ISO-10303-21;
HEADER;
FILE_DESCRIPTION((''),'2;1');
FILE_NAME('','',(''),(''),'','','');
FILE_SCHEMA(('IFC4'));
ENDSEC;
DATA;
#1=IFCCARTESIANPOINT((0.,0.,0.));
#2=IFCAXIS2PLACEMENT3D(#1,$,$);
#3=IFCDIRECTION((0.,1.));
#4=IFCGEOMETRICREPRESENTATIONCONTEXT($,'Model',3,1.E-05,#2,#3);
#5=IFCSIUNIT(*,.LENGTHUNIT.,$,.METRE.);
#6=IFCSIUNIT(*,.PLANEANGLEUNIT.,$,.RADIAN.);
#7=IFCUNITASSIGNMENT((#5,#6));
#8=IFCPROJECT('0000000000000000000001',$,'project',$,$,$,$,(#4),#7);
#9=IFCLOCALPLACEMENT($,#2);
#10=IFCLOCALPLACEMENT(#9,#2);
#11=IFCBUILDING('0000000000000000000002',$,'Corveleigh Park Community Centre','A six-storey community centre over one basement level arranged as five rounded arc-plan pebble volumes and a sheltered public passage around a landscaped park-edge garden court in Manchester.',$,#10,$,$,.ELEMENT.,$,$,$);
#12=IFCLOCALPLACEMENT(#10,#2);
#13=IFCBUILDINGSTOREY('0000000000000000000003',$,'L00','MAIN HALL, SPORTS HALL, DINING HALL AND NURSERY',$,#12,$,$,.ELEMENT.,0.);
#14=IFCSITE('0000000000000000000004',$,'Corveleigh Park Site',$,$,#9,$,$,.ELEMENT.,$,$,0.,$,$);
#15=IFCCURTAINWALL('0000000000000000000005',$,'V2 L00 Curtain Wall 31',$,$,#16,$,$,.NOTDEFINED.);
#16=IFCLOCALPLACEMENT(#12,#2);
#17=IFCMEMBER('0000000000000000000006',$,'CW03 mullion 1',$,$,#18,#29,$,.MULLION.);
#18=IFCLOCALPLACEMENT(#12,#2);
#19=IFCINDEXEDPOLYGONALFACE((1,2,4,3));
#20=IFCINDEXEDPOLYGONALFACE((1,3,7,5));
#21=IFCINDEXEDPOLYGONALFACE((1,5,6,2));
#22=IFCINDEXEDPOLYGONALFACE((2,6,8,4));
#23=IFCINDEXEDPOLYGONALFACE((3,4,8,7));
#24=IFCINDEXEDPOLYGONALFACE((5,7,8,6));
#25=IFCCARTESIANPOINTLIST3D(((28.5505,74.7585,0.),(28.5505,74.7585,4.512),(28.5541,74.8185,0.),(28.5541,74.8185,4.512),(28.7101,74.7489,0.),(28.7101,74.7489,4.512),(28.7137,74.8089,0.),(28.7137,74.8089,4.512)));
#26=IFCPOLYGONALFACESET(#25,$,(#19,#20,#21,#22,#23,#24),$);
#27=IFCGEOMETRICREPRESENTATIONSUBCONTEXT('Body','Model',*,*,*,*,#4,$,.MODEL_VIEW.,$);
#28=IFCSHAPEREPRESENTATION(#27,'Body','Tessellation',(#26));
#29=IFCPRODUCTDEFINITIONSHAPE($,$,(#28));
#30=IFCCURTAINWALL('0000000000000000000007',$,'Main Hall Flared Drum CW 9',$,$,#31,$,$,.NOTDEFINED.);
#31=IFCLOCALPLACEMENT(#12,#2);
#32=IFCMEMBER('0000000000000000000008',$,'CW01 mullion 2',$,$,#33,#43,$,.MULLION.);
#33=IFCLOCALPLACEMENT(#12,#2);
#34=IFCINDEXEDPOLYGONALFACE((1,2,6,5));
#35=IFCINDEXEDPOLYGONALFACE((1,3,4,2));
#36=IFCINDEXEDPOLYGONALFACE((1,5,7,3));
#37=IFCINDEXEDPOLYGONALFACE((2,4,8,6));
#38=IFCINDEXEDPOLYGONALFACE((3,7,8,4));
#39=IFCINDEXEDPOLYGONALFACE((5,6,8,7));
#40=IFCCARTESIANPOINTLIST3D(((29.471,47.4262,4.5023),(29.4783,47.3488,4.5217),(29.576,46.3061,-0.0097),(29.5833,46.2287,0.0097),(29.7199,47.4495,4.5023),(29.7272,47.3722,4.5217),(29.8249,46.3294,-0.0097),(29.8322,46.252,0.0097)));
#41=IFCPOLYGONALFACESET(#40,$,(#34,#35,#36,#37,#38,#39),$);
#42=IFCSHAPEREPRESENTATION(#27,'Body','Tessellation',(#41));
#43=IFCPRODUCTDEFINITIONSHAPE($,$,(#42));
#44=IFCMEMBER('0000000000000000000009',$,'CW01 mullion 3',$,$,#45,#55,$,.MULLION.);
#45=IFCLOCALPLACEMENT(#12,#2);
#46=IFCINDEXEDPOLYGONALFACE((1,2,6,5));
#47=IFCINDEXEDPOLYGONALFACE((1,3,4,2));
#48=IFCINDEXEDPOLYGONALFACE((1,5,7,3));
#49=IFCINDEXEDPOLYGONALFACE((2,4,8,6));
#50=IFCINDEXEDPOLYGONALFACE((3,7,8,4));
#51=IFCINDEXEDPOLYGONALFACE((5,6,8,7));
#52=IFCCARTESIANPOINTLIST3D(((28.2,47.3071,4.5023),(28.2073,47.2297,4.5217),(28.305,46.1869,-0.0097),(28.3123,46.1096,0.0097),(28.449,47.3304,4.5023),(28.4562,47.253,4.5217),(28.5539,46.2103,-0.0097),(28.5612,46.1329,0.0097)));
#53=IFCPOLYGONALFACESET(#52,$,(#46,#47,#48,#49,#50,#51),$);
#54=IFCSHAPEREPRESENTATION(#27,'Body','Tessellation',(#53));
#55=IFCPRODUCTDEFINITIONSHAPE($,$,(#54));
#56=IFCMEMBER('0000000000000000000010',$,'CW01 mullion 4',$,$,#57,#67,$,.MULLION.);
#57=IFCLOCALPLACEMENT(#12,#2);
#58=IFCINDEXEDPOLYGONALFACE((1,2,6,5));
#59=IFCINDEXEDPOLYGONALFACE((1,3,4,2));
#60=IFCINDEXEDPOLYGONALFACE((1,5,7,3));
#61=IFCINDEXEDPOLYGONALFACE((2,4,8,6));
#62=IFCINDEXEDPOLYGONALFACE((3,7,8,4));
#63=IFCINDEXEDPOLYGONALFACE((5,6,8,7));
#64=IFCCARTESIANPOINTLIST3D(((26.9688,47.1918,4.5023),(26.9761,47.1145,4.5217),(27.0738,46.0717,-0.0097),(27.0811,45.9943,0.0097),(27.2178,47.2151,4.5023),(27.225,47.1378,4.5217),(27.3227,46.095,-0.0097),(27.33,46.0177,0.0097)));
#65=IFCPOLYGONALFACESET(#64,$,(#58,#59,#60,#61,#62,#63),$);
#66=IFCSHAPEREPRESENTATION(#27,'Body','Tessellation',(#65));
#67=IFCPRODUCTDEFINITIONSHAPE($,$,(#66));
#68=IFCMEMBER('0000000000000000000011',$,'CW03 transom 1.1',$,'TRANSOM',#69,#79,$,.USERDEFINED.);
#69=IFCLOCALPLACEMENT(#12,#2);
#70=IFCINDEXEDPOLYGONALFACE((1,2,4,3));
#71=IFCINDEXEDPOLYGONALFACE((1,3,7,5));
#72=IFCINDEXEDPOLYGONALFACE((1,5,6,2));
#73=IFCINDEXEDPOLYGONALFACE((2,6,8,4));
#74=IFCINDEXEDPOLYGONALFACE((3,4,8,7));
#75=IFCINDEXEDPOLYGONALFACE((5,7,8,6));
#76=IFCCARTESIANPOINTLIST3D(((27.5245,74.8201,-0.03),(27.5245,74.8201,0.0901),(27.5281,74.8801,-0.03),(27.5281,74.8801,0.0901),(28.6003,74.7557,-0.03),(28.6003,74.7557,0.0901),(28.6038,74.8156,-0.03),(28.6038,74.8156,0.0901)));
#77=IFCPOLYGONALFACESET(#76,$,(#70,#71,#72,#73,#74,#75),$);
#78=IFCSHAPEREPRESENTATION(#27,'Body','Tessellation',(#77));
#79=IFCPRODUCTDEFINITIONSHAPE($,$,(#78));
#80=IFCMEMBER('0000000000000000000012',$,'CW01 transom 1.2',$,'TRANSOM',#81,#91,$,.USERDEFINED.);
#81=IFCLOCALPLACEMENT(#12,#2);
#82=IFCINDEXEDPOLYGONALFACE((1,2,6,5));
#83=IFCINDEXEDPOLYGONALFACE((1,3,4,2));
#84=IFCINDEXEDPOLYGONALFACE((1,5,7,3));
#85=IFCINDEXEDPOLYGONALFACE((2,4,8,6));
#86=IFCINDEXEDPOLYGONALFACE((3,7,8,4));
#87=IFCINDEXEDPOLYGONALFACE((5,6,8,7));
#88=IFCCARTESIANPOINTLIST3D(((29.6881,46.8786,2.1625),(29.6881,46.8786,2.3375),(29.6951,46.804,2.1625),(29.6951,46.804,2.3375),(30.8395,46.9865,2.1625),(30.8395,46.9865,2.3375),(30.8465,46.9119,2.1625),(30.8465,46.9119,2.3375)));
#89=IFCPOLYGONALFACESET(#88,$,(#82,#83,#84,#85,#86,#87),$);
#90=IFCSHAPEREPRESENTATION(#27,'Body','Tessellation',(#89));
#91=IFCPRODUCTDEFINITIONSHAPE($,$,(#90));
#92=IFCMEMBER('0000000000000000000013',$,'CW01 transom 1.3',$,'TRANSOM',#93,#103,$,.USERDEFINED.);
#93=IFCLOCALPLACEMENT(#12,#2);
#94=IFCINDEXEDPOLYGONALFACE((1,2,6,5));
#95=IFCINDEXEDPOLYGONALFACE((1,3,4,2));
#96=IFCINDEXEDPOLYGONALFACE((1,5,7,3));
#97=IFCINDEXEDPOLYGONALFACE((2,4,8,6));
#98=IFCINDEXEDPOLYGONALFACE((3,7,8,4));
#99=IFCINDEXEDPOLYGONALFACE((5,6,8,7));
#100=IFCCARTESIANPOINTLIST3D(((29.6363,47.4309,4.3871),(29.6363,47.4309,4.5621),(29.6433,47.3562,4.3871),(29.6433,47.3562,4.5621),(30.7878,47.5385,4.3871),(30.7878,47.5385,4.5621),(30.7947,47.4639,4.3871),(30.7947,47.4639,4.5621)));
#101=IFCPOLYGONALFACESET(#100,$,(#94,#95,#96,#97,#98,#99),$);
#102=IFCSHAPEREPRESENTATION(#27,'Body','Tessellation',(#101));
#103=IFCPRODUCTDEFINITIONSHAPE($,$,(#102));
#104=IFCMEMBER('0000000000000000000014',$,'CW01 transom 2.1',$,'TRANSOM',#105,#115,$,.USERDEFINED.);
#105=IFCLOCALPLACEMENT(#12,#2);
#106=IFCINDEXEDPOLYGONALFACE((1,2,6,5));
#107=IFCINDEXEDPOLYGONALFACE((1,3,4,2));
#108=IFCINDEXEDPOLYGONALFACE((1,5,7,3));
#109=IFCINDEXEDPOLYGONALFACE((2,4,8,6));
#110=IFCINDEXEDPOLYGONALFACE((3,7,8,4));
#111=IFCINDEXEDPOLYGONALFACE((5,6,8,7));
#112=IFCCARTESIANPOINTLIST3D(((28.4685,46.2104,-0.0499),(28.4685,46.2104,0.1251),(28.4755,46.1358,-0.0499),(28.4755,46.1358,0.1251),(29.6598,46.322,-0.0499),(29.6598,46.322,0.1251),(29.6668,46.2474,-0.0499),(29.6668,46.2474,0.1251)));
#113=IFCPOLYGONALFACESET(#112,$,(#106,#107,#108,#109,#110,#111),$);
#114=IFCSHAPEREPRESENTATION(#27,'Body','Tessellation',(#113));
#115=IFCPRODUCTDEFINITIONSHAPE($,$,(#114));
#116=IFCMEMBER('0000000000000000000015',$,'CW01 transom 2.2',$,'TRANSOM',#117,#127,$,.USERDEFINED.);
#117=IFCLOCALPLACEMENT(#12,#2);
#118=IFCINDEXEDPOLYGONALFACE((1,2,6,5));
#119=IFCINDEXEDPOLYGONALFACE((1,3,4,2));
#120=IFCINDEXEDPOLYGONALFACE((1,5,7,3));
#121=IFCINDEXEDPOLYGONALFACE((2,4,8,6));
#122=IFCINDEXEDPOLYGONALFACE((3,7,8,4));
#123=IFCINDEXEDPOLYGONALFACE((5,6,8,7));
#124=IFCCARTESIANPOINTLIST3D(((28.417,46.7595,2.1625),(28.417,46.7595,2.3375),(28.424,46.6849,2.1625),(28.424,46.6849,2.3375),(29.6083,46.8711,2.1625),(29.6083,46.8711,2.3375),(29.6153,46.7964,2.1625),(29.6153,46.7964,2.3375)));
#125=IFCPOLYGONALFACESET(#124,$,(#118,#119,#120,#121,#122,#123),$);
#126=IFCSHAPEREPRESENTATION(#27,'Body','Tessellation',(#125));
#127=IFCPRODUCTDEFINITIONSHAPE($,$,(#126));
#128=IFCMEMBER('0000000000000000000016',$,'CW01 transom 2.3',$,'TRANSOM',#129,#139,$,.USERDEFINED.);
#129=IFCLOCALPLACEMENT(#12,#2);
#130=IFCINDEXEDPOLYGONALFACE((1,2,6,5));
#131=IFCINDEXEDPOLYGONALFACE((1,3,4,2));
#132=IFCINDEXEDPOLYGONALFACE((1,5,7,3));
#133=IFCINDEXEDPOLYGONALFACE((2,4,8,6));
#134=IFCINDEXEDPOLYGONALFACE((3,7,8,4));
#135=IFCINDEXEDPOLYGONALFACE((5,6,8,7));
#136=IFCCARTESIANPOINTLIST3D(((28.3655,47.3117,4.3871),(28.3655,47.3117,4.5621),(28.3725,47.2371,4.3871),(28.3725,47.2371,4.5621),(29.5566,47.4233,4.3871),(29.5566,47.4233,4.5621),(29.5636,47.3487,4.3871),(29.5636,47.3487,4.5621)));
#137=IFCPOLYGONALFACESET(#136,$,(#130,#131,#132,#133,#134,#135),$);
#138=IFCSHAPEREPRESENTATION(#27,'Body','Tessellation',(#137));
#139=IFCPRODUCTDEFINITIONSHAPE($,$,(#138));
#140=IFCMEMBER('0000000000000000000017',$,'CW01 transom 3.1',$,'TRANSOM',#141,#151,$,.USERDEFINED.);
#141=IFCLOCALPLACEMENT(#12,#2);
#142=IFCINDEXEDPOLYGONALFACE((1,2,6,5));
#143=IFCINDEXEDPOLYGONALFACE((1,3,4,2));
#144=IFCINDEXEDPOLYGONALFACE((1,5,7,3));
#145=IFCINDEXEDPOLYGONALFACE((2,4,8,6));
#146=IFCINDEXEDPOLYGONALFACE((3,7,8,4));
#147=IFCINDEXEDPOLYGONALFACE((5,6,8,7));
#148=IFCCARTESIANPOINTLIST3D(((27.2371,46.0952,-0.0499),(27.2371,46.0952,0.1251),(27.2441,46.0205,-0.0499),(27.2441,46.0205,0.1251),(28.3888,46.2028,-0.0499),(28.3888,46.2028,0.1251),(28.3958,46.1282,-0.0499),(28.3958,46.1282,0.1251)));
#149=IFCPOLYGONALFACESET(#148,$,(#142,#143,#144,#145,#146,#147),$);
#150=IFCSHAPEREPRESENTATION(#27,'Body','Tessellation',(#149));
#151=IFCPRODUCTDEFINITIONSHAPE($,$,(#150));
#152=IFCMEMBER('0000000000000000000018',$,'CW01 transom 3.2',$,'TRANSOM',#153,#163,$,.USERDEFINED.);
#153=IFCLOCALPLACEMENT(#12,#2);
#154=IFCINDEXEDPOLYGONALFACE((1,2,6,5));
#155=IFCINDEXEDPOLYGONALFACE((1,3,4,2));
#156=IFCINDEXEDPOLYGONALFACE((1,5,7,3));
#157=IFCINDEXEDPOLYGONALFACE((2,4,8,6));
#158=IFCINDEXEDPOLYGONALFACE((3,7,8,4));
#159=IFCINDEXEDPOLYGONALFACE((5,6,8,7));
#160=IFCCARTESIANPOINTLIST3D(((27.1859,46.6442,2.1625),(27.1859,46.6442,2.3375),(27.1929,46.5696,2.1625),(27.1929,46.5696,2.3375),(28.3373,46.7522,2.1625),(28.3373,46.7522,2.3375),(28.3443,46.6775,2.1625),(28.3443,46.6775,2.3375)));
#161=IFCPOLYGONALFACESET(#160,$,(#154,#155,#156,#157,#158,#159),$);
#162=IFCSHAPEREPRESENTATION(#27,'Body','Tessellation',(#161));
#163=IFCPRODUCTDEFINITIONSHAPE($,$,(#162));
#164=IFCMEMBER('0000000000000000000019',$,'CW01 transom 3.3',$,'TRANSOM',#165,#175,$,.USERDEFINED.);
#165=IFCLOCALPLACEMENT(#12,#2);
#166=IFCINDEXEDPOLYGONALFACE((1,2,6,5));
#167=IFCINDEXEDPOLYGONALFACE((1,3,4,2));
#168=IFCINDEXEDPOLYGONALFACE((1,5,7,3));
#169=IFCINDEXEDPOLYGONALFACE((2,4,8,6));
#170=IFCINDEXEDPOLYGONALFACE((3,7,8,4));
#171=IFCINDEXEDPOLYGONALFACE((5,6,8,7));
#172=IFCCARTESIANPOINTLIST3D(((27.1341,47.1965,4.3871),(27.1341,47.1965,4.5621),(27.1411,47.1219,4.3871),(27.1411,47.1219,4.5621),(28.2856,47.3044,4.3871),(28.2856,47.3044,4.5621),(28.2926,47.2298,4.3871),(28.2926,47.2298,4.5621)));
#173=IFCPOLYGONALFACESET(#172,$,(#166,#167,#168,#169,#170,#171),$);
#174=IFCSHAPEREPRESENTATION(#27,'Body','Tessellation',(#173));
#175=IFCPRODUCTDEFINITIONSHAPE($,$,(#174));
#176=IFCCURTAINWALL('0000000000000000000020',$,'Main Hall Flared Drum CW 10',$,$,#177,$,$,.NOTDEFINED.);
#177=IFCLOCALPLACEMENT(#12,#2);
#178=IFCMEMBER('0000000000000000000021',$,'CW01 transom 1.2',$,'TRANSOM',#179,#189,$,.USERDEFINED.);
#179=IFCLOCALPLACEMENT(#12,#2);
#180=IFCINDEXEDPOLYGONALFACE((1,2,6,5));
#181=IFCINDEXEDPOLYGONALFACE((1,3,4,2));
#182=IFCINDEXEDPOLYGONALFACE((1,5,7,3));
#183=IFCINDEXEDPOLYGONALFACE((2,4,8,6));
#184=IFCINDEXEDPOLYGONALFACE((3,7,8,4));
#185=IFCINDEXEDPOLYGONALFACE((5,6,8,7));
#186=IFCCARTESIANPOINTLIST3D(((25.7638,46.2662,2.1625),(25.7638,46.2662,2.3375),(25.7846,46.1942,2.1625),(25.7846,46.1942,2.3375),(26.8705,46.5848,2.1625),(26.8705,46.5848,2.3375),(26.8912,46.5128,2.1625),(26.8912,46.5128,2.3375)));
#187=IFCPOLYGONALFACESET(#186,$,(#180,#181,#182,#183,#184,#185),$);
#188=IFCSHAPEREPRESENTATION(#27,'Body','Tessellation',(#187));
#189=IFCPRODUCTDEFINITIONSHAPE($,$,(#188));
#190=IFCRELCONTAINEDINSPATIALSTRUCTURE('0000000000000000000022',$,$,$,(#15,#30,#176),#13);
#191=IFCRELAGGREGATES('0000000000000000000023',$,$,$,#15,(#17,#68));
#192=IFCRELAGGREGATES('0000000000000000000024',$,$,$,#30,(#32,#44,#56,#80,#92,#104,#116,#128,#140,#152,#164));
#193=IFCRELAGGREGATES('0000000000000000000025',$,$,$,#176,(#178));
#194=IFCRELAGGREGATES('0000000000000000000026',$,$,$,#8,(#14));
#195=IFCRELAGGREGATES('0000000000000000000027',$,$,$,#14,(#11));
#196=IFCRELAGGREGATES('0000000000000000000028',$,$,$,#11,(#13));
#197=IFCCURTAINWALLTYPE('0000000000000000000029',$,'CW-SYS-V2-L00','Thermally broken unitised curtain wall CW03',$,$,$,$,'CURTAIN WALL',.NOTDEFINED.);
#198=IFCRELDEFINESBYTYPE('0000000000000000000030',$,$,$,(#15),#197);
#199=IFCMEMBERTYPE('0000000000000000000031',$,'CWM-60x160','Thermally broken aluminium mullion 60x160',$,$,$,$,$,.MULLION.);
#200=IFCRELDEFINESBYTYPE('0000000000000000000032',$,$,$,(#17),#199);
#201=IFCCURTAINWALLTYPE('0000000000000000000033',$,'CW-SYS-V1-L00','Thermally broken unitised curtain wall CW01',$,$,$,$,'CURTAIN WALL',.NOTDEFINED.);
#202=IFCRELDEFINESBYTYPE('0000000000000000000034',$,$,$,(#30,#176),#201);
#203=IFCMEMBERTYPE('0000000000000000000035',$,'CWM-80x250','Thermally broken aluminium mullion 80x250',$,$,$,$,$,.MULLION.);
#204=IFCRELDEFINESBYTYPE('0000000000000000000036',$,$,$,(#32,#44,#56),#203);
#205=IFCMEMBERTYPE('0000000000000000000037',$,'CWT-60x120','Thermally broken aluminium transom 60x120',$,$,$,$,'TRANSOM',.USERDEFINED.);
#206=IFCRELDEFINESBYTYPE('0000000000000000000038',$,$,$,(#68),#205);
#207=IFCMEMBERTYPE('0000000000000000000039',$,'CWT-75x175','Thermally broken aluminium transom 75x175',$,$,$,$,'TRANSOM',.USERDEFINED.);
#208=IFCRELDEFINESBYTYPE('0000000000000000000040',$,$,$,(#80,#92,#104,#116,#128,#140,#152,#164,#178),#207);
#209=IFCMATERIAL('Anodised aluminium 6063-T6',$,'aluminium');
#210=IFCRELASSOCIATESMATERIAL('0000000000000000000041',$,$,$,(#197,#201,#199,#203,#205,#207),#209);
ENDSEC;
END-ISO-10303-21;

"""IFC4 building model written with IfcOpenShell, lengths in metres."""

from ifc_helpers import new_model, si_unit, direction, frame, origin, origin_2d, place, context, subcontext, project, spatial, rectangle, extrude, material, material_profile, profile_set, type_object, element, aggregate, save


model = new_model("IFC4")

# Units and contexts
model_context = context("Model", 3, precision=1e-05, world=origin(), true_north=direction((0.0, 1.0)))
body_context = subcontext(model_context, "Body", "Model", "MODEL_VIEW")
ifc_project = project(units=[si_unit("LENGTHUNIT", "METRE"), si_unit("PLANEANGLEUNIT", "RADIAN")], contexts=[model_context])

# Site, building, storey
site_placement = place(None, origin())
site = spatial("IfcSite", under=ifc_project, at=site_placement, Name="Corveleigh Park Site", CompositionType="ELEMENT", RefElevation=0.0)
building_placement = place(site_placement, origin())
building = spatial("IfcBuilding", under=site, at=building_placement, Name="Corveleigh Park Community Centre", Description="A six-storey community centre over one basement level arranged as five rounded arc-plan pebble volumes and a sheltered public passage around a landscaped park-edge garden court in Manchester.", CompositionType="ELEMENT")
storey_placement = place(building_placement, origin())
storey = spatial("IfcBuildingStorey", under=building, at=storey_placement, Name="L00", Description="MAIN HALL, SPORTS HALL, DINING HALL AND NURSERY", CompositionType="ELEMENT", Elevation=0.0)

# Curtain wall, member
ifc_material_1 = material(Name="Anodised aluminium 6063-T6", Category="aluminium")
curtain_wall_type_1 = type_object("IfcCurtainWallType", Name="CW-SYS-V2-L00", Description="Thermally broken unitised curtain wall CW03", ElementType="CURTAIN WALL", PredefinedType="NOTDEFINED", material=ifc_material_1)
curtain_wall_1_placement = place(storey_placement, origin())
curtain_wall_1 = element("IfcCurtainWall", 1, at=curtain_wall_1_placement, inside=storey, type_object=curtain_wall_type_1, Name="V2 L00 Curtain Wall 31", PredefinedType="NOTDEFINED")
ifc_material_profile_1 = material_profile(ifc_material_1, rectangle(XDim=0.0601, YDim=0.1599, at=origin_2d()), Name="ALU-M60x160", Category="aluminium")
ifc_profile_set_1 = profile_set([ifc_material_profile_1], Name="Anodised aluminium 6063-T6")
member_type_1 = type_object("IfcMemberType", Name="CWM-60x160", Description="Thermally broken aluminium mullion 60x160", PredefinedType="MULLION", material=ifc_profile_set_1)
member_1_placement = place(storey_placement, frame((28.6321, 74.7837, 0.0), z_axis=(0.0, 0.0, 1.0), x_axis=(-0.059952, -0.998201, 0.0)))
member_1 = element("IfcMember", 2, at=member_1_placement, type_object=member_type_1, Name="CW03 mullion 1", PredefinedType="MULLION", context=body_context, shape_type="SweptSolid", body=[
    extrude(rectangle(XDim=0.0601, YDim=0.1599, at=origin_2d()), origin(), (0.0, 0.0, 1.0), 4.512),
])

# Curtain wall, members
curtain_wall_type_2 = type_object("IfcCurtainWallType", Name="CW-SYS-V1-L00", Description="Thermally broken unitised curtain wall CW01", ElementType="CURTAIN WALL", PredefinedType="NOTDEFINED", material=ifc_material_1)
curtain_wall_2_placement = place(storey_placement, origin())
curtain_wall_2 = element("IfcCurtainWall", 3, at=curtain_wall_2_placement, inside=storey, type_object=curtain_wall_type_2, Name="Main Hall Flared Drum CW 9", PredefinedType="NOTDEFINED")
ifc_material_profile_2 = material_profile(ifc_material_1, rectangle(XDim=0.0801, YDim=0.25, at=origin_2d()), Name="ALU-M80x250", Category="aluminium")
ifc_profile_set_2 = profile_set([ifc_material_profile_2], Name="Anodised aluminium 6063-T6")
member_type_2 = type_object("IfcMemberType", Name="CWM-80x250", Description="Thermally broken aluminium mullion 80x250", PredefinedType="MULLION", material=ifc_profile_set_2)
member_2_placement = place(storey_placement, frame((29.7041, 46.2791, 0.0), z_axis=(-0.022576, 0.24088, 0.970292), x_axis=(0.090542, -0.966059, 0.241936)))
member_2 = element("IfcMember", 4, at=member_2_placement, type_object=member_type_2, Name="CW01 mullion 2", PredefinedType="MULLION", context=body_context, shape_type="SweptSolid", body=[
    extrude(rectangle(XDim=0.0801, YDim=0.25, at=origin_2d()), origin(), (0.0, 0.0, 1.0), 4.6501),
])
member_3_placement = place(storey_placement, frame((28.4331, 46.1599, 0.0), z_axis=(-0.022576, 0.24088, 0.970292), x_axis=(0.090542, -0.966059, 0.241936)))
member_3 = element("IfcMember", 5, at=member_3_placement, type_object=member_type_2, Name="CW01 mullion 3", PredefinedType="MULLION", context=body_context, shape_type="SweptSolid", body=[
    extrude(rectangle(XDim=0.0801, YDim=0.25, at=origin_2d()), origin(), (0.0, 0.0, 1.0), 4.6501),
])
member_4_placement = place(storey_placement, frame((27.2019, 46.0447, 0.0), z_axis=(-0.022576, 0.24088, 0.970292), x_axis=(0.090542, -0.966059, 0.241936)))
member_4 = element("IfcMember", 6, at=member_4_placement, type_object=member_type_2, Name="CW01 mullion 4", PredefinedType="MULLION", context=body_context, shape_type="SweptSolid", body=[
    extrude(rectangle(XDim=0.0801, YDim=0.25, at=origin_2d()), origin(), (0.0, 0.0, 1.0), 4.6501),
])

# Members
ifc_material_profile_3 = material_profile(ifc_material_1, rectangle(XDim=0.0601, YDim=0.1201, at=origin_2d()), Name="ALU-T60x120", Category="aluminium")
ifc_profile_set_3 = profile_set([ifc_material_profile_3], Name="Anodised aluminium 6063-T6")
member_type_3 = type_object("IfcMemberType", Name="CWT-60x120", Description="Thermally broken aluminium transom 60x120", ElementType="TRANSOM", PredefinedType="USERDEFINED", material=ifc_profile_set_3)
member_5_placement = place(storey_placement, frame((28.6021, 74.7856, 0.03), z_axis=(-0.99821, 0.059811, 0.0), x_axis=(-0.059811, -0.99821, 0.0)))
member_5 = element("IfcMember", 7, at=member_5_placement, type_object=member_type_3, Name="CW03 transom 1.1", ObjectType="TRANSOM", PredefinedType="USERDEFINED", context=body_context, shape_type="SweptSolid", body=[
    extrude(rectangle(XDim=0.0601, YDim=0.1201, at=origin_2d()), origin(), (0.0, 0.0, 1.0), 1.0776),
])
aggregate(curtain_wall_1, [member_1, member_5])
ifc_material_profile_4 = material_profile(ifc_material_1, rectangle(XDim=0.075, YDim=0.175, at=origin_2d()), Name="ALU-T75x175", Category="aluminium")
ifc_profile_set_4 = profile_set([ifc_material_profile_4], Name="Anodised aluminium 6063-T6")
member_type_4 = type_object("IfcMemberType", Name="CWT-75x175", Description="Thermally broken aluminium transom 75x175", ElementType="TRANSOM", PredefinedType="USERDEFINED", material=ifc_profile_set_4)
member_6_placement = place(storey_placement, frame((30.843, 46.9492, 2.25), z_axis=(-0.995637, -0.093315, 0.0), x_axis=(0.093315, -0.995637, 0.0)))
member_6 = element("IfcMember", 8, at=member_6_placement, type_object=member_type_4, Name="CW01 transom 1.2", ObjectType="TRANSOM", PredefinedType="USERDEFINED", context=body_context, shape_type="SweptSolid", body=[
    extrude(rectangle(XDim=0.075, YDim=0.175, at=origin_2d()), origin(), (0.0, 0.0, 1.0), 1.1565),
])
member_7_placement = place(storey_placement, frame((30.7913, 47.5012, 4.4746), z_axis=(-0.995656, -0.093105, 0.0), x_axis=(0.093105, -0.995656, 0.0)))
member_7 = element("IfcMember", 9, at=member_7_placement, type_object=member_type_4, Name="CW01 transom 1.3", ObjectType="TRANSOM", PredefinedType="USERDEFINED", context=body_context, shape_type="SweptSolid", body=[
    extrude(rectangle(XDim=0.075, YDim=0.175, at=origin_2d()), origin(), (0.0, 0.0, 1.0), 1.1565),
])
member_8_placement = place(storey_placement, frame((29.6633, 46.2847, 0.0376), z_axis=(-0.995644, -0.09324, 0.0), x_axis=(0.09324, -0.995644, 0.0)))
member_8 = element("IfcMember", 10, at=member_8_placement, type_object=member_type_4, Name="CW01 transom 2.1", ObjectType="TRANSOM", PredefinedType="USERDEFINED", context=body_context, shape_type="SweptSolid", body=[
    extrude(rectangle(XDim=0.075, YDim=0.175, at=origin_2d()), origin(), (0.0, 0.0, 1.0), 1.1965),
])
member_9_placement = place(storey_placement, frame((29.6118, 46.8337, 2.25), z_axis=(-0.995644, -0.09324, 0.0), x_axis=(0.09324, -0.995644, 0.0)))
member_9 = element("IfcMember", 11, at=member_9_placement, type_object=member_type_4, Name="CW01 transom 2.2", ObjectType="TRANSOM", PredefinedType="USERDEFINED", context=body_context, shape_type="SweptSolid", body=[
    extrude(rectangle(XDim=0.075, YDim=0.175, at=origin_2d()), origin(), (0.0, 0.0, 1.0), 1.1965),
])
member_10_placement = place(storey_placement, frame((29.5601, 47.386, 4.4746), z_axis=(-0.995642, -0.093259, 0.0), x_axis=(0.093259, -0.995642, 0.0)))
member_10 = element("IfcMember", 12, at=member_10_placement, type_object=member_type_4, Name="CW01 transom 2.3", ObjectType="TRANSOM", PredefinedType="USERDEFINED", context=body_context, shape_type="SweptSolid", body=[
    extrude(rectangle(XDim=0.075, YDim=0.175, at=origin_2d()), origin(), (0.0, 0.0, 1.0), 1.1963),
])
member_11_placement = place(storey_placement, frame((28.3923, 46.1655, 0.0376), z_axis=(-0.995658, -0.093086, 0.0), x_axis=(0.093086, -0.995658, 0.0)))
member_11 = element("IfcMember", 13, at=member_11_placement, type_object=member_type_4, Name="CW01 transom 3.1", ObjectType="TRANSOM", PredefinedType="USERDEFINED", context=body_context, shape_type="SweptSolid", body=[
    extrude(rectangle(XDim=0.075, YDim=0.175, at=origin_2d()), origin(), (0.0, 0.0, 1.0), 1.1567),
])
member_12_placement = place(storey_placement, frame((28.3408, 46.7148, 2.25), z_axis=(-0.995637, -0.093315, 0.0), x_axis=(0.093315, -0.995637, 0.0)))
member_12 = element("IfcMember", 14, at=member_12_placement, type_object=member_type_4, Name="CW01 transom 3.2", ObjectType="TRANSOM", PredefinedType="USERDEFINED", context=body_context, shape_type="SweptSolid", body=[
    extrude(rectangle(XDim=0.075, YDim=0.175, at=origin_2d()), origin(), (0.0, 0.0, 1.0), 1.1565),
])
member_13_placement = place(storey_placement, frame((28.2891, 47.2671, 4.4746), z_axis=(-0.995637, -0.093315, 0.0), x_axis=(0.093315, -0.995637, 0.0)))
member_13 = element("IfcMember", 15, at=member_13_placement, type_object=member_type_4, Name="CW01 transom 3.3", ObjectType="TRANSOM", PredefinedType="USERDEFINED", context=body_context, shape_type="SweptSolid", body=[
    extrude(rectangle(XDim=0.075, YDim=0.175, at=origin_2d()), origin(), (0.0, 0.0, 1.0), 1.1565),
])

# Curtain wall, member
curtain_wall_3_placement = place(storey_placement, origin())
curtain_wall_3 = element("IfcCurtainWall", 16, at=curtain_wall_3_placement, inside=storey, type_object=curtain_wall_type_2, Name="Main Hall Flared Drum CW 10", PredefinedType="NOTDEFINED")
member_14_placement = place(storey_placement, frame((26.8809, 46.5488, 2.25), z_axis=(-0.96097, -0.276653, 0.0), x_axis=(0.276653, -0.96097, 0.0)))
member_14 = element("IfcMember", 17, at=member_14_placement, type_object=member_type_4, Name="CW01 transom 1.2", ObjectType="TRANSOM", PredefinedType="USERDEFINED", context=body_context, shape_type="SweptSolid", body=[
    extrude(rectangle(XDim=0.075, YDim=0.175, at=origin_2d()), origin(), (0.0, 0.0, 1.0), 1.1516),
])

aggregate(curtain_wall_2, [member_2, member_3, member_4, member_6, member_7, member_8, member_9, member_10, member_11, member_12, member_13])
aggregate(curtain_wall_3, [member_14])

save(model, "model.ifc")
